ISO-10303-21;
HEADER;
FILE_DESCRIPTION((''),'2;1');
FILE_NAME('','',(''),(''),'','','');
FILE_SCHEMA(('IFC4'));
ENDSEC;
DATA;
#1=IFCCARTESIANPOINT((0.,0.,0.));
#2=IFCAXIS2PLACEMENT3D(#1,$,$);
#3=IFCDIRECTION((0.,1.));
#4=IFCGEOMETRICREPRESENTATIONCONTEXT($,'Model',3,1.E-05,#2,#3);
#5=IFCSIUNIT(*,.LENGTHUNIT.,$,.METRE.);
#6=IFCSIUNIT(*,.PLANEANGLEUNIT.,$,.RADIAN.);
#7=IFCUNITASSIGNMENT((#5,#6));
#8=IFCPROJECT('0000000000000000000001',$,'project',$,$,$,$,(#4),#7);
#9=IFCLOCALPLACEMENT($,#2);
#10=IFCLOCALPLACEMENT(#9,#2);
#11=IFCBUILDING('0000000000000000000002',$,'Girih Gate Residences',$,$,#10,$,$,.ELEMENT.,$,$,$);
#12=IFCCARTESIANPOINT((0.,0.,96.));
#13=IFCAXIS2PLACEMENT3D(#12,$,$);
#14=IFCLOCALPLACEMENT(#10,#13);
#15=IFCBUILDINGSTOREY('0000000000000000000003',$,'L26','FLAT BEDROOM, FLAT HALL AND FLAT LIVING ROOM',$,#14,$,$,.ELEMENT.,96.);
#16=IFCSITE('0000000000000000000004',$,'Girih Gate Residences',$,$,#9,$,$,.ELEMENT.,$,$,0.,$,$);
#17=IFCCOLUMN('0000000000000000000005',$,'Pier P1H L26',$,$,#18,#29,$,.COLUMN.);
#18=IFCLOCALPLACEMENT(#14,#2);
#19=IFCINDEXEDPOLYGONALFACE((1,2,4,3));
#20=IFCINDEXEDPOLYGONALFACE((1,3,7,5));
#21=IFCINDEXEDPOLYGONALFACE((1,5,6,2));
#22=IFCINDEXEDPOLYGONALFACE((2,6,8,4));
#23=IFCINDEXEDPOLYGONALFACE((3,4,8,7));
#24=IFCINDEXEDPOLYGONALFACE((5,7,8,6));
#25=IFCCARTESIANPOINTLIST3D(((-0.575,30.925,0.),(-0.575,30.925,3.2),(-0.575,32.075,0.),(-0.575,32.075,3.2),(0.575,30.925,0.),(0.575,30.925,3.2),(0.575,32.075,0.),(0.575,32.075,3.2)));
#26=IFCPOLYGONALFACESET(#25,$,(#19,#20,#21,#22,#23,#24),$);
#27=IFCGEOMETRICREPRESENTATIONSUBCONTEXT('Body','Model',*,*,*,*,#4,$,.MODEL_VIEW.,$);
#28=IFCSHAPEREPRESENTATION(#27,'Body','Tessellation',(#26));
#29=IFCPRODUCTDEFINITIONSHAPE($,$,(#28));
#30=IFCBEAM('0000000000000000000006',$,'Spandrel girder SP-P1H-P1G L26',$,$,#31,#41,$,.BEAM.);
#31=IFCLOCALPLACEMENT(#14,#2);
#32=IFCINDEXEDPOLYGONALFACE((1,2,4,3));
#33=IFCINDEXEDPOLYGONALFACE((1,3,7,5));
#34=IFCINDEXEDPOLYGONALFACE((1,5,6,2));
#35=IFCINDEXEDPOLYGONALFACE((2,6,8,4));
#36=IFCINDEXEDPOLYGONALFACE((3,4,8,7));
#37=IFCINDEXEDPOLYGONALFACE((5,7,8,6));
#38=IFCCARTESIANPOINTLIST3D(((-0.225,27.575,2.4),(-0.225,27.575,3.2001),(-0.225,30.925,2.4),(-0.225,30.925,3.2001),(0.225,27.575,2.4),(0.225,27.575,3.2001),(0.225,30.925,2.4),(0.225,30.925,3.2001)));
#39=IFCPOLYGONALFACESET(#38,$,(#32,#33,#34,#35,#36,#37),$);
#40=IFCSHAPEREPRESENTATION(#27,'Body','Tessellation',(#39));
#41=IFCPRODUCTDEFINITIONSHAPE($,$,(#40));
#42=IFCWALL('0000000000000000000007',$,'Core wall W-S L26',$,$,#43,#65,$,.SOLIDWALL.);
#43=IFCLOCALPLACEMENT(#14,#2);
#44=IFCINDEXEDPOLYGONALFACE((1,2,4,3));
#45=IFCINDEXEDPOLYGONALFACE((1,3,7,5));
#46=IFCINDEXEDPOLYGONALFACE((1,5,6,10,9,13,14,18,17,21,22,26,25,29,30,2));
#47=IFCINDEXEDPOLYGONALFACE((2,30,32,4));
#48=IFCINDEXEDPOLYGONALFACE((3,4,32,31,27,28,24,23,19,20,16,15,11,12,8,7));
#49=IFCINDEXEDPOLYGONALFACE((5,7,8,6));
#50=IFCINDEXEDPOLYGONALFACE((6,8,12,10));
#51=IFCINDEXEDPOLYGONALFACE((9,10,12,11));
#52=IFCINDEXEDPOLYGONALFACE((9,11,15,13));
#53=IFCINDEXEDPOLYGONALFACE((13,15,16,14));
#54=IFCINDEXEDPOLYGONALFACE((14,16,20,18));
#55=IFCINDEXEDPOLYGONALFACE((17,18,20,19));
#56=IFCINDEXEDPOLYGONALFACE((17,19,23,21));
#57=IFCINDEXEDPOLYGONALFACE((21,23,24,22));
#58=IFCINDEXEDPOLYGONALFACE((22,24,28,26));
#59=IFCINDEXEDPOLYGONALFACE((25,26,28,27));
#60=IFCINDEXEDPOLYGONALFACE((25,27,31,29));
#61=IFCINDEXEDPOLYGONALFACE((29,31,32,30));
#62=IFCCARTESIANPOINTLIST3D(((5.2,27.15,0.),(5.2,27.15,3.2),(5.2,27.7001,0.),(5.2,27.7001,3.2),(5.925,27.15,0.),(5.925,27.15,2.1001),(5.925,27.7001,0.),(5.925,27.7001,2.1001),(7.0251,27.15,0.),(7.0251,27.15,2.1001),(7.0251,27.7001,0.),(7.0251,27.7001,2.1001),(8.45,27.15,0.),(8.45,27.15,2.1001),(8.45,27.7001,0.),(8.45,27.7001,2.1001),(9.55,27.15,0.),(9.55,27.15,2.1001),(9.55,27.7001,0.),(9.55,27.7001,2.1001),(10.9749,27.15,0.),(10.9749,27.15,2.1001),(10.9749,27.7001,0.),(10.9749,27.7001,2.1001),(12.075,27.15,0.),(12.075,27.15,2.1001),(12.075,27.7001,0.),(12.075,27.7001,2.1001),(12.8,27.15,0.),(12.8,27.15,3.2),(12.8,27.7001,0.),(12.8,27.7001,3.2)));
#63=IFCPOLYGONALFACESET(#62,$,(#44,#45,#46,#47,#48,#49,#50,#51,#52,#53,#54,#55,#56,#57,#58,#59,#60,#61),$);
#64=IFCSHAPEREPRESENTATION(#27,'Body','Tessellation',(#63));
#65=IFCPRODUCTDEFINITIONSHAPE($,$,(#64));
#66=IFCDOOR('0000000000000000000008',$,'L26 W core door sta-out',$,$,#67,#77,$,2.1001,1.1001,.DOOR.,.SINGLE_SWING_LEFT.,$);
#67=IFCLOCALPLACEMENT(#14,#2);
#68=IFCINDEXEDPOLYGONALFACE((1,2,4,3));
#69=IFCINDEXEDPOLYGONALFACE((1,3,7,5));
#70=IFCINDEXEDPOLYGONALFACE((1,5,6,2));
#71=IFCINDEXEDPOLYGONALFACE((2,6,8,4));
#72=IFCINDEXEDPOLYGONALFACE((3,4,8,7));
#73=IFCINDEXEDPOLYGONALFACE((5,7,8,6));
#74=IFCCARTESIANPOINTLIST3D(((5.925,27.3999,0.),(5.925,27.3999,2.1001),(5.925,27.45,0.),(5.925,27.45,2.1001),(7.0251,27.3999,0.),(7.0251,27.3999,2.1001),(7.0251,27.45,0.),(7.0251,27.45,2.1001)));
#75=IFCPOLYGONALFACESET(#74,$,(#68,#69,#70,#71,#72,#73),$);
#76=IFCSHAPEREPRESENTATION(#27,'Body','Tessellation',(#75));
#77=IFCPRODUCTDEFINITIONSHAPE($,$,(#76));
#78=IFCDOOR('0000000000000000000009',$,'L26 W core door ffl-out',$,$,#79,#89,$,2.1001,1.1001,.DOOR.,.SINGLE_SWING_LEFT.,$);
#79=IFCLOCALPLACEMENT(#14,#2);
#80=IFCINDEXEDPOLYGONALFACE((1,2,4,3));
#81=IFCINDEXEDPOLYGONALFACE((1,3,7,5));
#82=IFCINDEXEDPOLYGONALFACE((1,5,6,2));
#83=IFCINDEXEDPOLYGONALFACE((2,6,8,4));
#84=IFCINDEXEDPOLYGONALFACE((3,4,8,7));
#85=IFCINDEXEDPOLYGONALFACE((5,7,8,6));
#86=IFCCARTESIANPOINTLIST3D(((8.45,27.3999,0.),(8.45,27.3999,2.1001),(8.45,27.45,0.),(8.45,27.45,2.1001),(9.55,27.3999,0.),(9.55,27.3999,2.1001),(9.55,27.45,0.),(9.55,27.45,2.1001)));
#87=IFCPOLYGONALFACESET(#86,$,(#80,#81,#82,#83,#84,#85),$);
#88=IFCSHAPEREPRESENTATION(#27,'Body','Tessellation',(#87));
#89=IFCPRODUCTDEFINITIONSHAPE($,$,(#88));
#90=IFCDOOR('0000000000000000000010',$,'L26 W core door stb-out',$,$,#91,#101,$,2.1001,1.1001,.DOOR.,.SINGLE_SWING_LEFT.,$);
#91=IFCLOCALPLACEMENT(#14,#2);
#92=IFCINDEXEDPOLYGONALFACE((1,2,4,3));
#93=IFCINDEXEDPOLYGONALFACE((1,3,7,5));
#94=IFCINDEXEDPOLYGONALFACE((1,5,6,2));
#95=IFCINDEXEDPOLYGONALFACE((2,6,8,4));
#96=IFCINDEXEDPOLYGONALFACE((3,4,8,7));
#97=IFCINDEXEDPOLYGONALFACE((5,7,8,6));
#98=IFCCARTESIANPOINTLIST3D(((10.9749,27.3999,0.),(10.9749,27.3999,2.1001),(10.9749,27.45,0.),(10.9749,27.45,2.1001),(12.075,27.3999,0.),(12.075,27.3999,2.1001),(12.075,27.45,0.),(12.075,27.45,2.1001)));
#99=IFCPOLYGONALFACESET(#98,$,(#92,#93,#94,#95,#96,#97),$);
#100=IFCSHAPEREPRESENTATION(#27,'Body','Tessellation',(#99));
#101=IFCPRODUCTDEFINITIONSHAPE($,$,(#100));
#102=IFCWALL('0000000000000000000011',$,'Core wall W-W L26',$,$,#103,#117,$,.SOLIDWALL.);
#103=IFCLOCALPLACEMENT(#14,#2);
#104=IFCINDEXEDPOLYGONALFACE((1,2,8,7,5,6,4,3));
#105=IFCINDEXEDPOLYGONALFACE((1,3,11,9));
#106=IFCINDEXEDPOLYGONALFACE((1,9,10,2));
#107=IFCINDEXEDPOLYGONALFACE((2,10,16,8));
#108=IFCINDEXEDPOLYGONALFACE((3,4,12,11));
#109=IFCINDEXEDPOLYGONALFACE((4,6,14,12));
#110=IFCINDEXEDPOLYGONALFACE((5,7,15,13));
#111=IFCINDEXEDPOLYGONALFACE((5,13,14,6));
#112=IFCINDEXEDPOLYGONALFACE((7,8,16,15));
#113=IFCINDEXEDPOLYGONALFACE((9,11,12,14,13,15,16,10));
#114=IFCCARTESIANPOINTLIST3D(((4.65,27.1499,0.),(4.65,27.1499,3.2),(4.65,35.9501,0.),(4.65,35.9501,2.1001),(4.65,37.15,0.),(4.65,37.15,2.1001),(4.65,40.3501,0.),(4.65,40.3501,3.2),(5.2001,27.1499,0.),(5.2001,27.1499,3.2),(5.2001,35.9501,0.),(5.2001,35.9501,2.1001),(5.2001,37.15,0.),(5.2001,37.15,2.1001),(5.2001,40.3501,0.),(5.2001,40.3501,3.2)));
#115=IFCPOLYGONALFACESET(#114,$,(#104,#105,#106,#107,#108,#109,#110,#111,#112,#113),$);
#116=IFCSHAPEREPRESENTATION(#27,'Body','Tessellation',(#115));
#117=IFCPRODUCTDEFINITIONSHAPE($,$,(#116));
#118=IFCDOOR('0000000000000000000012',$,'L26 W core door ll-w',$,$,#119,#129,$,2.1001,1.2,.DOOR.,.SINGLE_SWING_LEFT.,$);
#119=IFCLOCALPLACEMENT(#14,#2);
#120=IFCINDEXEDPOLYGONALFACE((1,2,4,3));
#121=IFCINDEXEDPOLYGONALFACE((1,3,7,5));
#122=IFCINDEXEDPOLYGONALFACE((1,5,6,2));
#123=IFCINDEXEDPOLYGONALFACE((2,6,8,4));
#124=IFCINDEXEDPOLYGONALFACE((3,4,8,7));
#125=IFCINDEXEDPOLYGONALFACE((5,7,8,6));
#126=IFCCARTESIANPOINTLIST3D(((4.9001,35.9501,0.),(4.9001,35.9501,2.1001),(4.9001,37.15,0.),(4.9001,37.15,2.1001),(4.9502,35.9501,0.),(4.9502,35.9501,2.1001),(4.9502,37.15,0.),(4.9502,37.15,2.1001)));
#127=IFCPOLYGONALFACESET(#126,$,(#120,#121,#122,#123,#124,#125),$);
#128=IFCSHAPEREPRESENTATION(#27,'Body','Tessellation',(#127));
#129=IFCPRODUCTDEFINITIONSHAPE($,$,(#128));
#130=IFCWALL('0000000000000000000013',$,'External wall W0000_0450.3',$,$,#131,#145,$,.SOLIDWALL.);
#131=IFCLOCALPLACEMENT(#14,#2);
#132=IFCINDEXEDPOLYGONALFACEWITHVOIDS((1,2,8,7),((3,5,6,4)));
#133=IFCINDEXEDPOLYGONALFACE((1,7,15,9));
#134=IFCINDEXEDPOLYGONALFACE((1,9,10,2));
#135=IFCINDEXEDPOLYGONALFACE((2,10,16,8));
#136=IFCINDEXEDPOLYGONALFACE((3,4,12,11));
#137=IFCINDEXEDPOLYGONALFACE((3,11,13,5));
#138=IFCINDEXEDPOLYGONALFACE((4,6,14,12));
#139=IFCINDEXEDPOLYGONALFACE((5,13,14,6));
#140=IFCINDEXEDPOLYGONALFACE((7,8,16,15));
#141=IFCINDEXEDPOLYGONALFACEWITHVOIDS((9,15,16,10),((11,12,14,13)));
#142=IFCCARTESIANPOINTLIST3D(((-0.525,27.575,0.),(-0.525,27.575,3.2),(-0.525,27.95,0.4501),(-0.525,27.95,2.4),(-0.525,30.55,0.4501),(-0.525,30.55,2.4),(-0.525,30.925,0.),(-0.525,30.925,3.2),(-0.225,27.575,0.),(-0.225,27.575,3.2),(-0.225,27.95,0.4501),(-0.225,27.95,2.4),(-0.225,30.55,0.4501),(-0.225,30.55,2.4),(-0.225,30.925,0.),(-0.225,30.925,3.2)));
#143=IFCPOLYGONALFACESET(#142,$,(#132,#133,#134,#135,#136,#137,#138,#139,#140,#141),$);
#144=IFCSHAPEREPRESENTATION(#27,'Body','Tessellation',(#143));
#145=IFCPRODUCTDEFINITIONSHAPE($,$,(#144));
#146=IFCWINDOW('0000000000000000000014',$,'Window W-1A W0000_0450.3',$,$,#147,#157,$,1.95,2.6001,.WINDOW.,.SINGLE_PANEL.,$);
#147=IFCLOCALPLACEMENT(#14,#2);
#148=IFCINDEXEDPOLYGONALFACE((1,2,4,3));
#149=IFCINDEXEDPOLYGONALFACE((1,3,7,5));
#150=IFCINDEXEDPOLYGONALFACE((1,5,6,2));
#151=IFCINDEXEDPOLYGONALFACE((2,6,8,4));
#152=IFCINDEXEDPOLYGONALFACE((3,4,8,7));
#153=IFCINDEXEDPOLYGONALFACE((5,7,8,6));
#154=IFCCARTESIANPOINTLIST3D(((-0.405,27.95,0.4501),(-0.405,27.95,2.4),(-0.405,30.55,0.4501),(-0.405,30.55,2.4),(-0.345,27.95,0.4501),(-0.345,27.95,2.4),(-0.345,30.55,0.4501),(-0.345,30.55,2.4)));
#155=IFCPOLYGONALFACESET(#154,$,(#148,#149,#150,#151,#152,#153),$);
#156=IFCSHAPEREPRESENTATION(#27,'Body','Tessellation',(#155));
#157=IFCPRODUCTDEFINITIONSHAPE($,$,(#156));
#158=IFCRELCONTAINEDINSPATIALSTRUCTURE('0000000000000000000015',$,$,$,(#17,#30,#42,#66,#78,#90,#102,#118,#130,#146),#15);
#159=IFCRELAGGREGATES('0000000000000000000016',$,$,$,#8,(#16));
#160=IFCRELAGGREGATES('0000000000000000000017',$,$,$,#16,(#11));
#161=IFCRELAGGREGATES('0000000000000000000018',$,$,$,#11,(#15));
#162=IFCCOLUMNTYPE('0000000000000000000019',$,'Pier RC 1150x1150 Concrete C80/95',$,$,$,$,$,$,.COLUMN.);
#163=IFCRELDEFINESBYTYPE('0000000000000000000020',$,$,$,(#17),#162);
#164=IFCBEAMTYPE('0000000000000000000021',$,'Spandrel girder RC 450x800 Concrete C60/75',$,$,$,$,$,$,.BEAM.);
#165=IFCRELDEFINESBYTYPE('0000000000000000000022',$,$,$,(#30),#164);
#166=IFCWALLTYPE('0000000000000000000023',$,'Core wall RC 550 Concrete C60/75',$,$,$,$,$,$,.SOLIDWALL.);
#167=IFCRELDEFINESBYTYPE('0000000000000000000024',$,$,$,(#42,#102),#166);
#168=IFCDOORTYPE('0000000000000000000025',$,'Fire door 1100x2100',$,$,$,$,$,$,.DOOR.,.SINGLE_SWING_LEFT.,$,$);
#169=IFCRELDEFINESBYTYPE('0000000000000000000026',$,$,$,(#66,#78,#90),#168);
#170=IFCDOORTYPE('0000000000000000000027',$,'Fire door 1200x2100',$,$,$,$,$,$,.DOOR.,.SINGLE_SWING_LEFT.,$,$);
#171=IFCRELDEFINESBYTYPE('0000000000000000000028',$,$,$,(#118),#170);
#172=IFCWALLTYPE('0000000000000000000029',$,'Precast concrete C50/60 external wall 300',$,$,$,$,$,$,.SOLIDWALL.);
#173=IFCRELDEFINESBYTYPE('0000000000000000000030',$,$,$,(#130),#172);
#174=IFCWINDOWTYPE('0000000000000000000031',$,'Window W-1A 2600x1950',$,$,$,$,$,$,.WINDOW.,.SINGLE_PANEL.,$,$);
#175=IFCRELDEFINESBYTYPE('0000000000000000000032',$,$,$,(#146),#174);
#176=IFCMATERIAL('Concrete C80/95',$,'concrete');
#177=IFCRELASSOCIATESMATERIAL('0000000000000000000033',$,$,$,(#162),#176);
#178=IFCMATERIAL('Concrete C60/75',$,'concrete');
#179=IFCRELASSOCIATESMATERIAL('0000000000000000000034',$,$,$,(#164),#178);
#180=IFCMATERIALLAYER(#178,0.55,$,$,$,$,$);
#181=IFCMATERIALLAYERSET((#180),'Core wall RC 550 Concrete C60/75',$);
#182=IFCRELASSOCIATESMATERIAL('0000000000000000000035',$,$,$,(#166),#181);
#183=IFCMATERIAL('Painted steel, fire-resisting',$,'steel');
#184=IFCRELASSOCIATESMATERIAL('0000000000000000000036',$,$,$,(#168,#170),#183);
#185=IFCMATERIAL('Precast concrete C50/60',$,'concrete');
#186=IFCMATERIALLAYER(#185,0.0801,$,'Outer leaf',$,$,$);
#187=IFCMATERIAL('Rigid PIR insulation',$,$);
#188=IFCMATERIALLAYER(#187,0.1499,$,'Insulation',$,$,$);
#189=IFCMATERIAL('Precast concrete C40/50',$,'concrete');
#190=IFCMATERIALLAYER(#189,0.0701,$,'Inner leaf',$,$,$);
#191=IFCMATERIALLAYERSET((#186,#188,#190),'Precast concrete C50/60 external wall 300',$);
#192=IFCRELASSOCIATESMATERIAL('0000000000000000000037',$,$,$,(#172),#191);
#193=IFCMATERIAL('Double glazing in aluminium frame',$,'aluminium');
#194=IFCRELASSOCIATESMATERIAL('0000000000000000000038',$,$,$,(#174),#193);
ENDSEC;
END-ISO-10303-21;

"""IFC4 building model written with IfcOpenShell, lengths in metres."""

from ifc_helpers import new_model, si_unit, direction, frame, frame_2d, origin, origin_2d, place, context, subcontext, project, spatial, rectangle, extrude, material, layer, layer_set, material_profile, profile_set, type_object, element, fill, save


model = new_model("IFC4")

# Units and contexts
model_context = context("Model", 3, precision=1e-05, world=origin(), true_north=direction((0.0, 1.0)))
body_context = subcontext(model_context, "Body", "Model", "MODEL_VIEW")
ifc_project = project(units=[si_unit("LENGTHUNIT", "METRE"), si_unit("PLANEANGLEUNIT", "RADIAN")], contexts=[model_context])

# Site, building, storey
site_placement = place(None, origin())
site = spatial("IfcSite", under=ifc_project, at=site_placement, Name="Girih Gate Residences", CompositionType="ELEMENT", RefElevation=0.0)
building_placement = place(site_placement, origin())
building = spatial("IfcBuilding", under=site, at=building_placement, Name="Girih Gate Residences", CompositionType="ELEMENT")
storey_placement = place(building_placement, frame((0.0, 0.0, 96.0)))
storey = spatial("IfcBuildingStorey", under=building, at=storey_placement, Name="L26", Description="FLAT BEDROOM, FLAT HALL AND FLAT LIVING ROOM", CompositionType="ELEMENT", Elevation=96.0)

# Column
ifc_material_1 = material(Name="Concrete C80/95", Category="concrete")
ifc_material_profile_1 = material_profile(ifc_material_1, rectangle(XDim=1.1499, YDim=1.1499, at=origin_2d()))
ifc_profile_set_1 = profile_set([ifc_material_profile_1], Name="Concrete C80/95")
column_type = type_object("IfcColumnType", Name="Pier RC 1150x1150 Concrete C80/95", PredefinedType="COLUMN", material=ifc_profile_set_1)
column_placement = place(storey_placement, frame((0.0, 31.5, 0.0), z_axis=(0.0, 0.0, 1.0), x_axis=(1.0, 0.0, 0.0)))
element("IfcColumn", 1, at=column_placement, inside=storey, type_object=column_type, Name="Pier P1H L26", PredefinedType="COLUMN", context=body_context, shape_type="SweptSolid", body=[
    extrude(rectangle(XDim=1.1499, YDim=1.1499, at=origin_2d()), origin(), (0.0, 0.0, 1.0), 3.2),
])

# Beam
ifc_material_2 = material(Name="Concrete C60/75", Category="concrete")
ifc_material_profile_2 = material_profile(ifc_material_2, rectangle(XDim=0.45, YDim=0.8, at=origin_2d()))
ifc_profile_set_2 = profile_set([ifc_material_profile_2], Name="Concrete C60/75")
beam_type = type_object("IfcBeamType", Name="Spandrel girder RC 450x800 Concrete C60/75", PredefinedType="BEAM", material=ifc_profile_set_2)
beam_placement = place(storey_placement, frame((0.0, 30.925, 2.8), z_axis=(0.0, -1.0, 0.0), x_axis=(1.0, 0.0, 0.0)))
element("IfcBeam", 2, at=beam_placement, inside=storey, type_object=beam_type, Name="Spandrel girder SP-P1H-P1G L26", PredefinedType="BEAM", context=body_context, shape_type="SweptSolid", body=[
    extrude(rectangle(XDim=0.45, YDim=0.8, at=origin_2d()), origin(), (0.0, 0.0, 1.0), 3.3501),
])

# Wall, openings, doors
ifc_layer_1 = layer(ifc_material_2, 0.55)
ifc_layer_set_1 = layer_set([ifc_layer_1], Name="Core wall RC 550 Concrete C60/75")
wall_type_1 = type_object("IfcWallType", Name="Core wall RC 550 Concrete C60/75", PredefinedType="SOLIDWALL", material=ifc_layer_set_1)
wall_1_placement = place(storey_placement, frame((5.2, 27.425, 0.0), z_axis=(0.0, 0.0, 1.0), x_axis=(1.0, 0.0, 0.0)))
wall_1 = element("IfcWall", 3, at=wall_1_placement, inside=storey, type_object=wall_type_1, Name="Core wall W-S L26", PredefinedType="SOLIDWALL", context=body_context, shape_type="SweptSolid", body=[
    extrude(rectangle(XDim=7.6001, YDim=0.55, at=frame_2d((3.8, 0.0))), origin(), (0.0, 0.0, 1.0), 3.2),
])
opening_1_placement = place(wall_1_placement, frame((0.7251, 0.0, 0.0)))
opening_1 = element("IfcOpeningElement", 4, at=opening_1_placement, cuts=wall_1, PredefinedType="OPENING", context=body_context, shape_type="SweptSolid", body=[
    extrude(rectangle(XDim=1.1001, YDim=2.1001, at=frame_2d((0.55, 1.05))), frame((0.0, 0.2849, 0.0), z_axis=(0.0, -1.0, 0.0), x_axis=(1.0, 0.0, 0.0)), (0.0, 0.0, 1.0), 0.5701),
])
opening_2_placement = place(wall_1_placement, frame((3.25, 0.0, 0.0)))
opening_2 = element("IfcOpeningElement", 5, at=opening_2_placement, cuts=wall_1, PredefinedType="OPENING", context=body_context, shape_type="SweptSolid", body=[
    extrude(rectangle(XDim=1.1001, YDim=2.1001, at=frame_2d((0.55, 1.05))), frame((0.0, 0.2849, 0.0), z_axis=(0.0, -1.0, 0.0), x_axis=(1.0, 0.0, 0.0)), (0.0, 0.0, 1.0), 0.5701),
])
opening_3_placement = place(wall_1_placement, frame((5.7749, 0.0, 0.0)))
opening_3 = element("IfcOpeningElement", 6, at=opening_3_placement, cuts=wall_1, PredefinedType="OPENING", context=body_context, shape_type="SweptSolid", body=[
    extrude(rectangle(XDim=1.1001, YDim=2.1001, at=frame_2d((0.55, 1.05))), frame((0.0, 0.2849, 0.0), z_axis=(0.0, -1.0, 0.0), x_axis=(1.0, 0.0, 0.0)), (0.0, 0.0, 1.0), 0.5701),
])
ifc_material_3 = material(Name="Painted steel, fire-resisting", Category="steel")
door_type_1 = type_object("IfcDoorType", Name="Fire door 1100x2100", OperationType="SINGLE_SWING_LEFT", PredefinedType="DOOR", material=ifc_material_3)
door_1_placement = place(opening_1_placement, origin())
door_1 = element("IfcDoor", 7, at=door_1_placement, inside=storey, type_object=door_type_1, Name="L26 W core door sta-out", OperationType="SINGLE_SWING_LEFT", OverallHeight=2.1001, OverallWidth=1.1001, PredefinedType="DOOR", context=body_context, shape_type="SweptSolid", body=[
    extrude(rectangle(XDim=1.1001, YDim=2.1001, at=frame_2d((0.55, 1.05))), frame((0.0, 0.0249, 0.0), z_axis=(0.0, -1.0, 0.0), x_axis=(1.0, 0.0, 0.0)), (0.0, 0.0, 1.0), 0.05),
])
fill(opening_1, door_1)
door_2_placement = place(opening_2_placement, origin())
door_2 = element("IfcDoor", 8, at=door_2_placement, inside=storey, type_object=door_type_1, Name="L26 W core door ffl-out", OperationType="SINGLE_SWING_LEFT", OverallHeight=2.1001, OverallWidth=1.1001, PredefinedType="DOOR", context=body_context, shape_type="SweptSolid", body=[
    extrude(rectangle(XDim=1.1001, YDim=2.1001, at=frame_2d((0.55, 1.05))), frame((0.0, 0.0249, 0.0), z_axis=(0.0, -1.0, 0.0), x_axis=(1.0, 0.0, 0.0)), (0.0, 0.0, 1.0), 0.05),
])
fill(opening_2, door_2)
door_3_placement = place(opening_3_placement, origin())
door_3 = element("IfcDoor", 9, at=door_3_placement, inside=storey, type_object=door_type_1, Name="L26 W core door stb-out", OperationType="SINGLE_SWING_LEFT", OverallHeight=2.1001, OverallWidth=1.1001, PredefinedType="DOOR", context=body_context, shape_type="SweptSolid", body=[
    extrude(rectangle(XDim=1.1001, YDim=2.1001, at=frame_2d((0.55, 1.05))), frame((0.0, 0.0249, 0.0), z_axis=(0.0, -1.0, 0.0), x_axis=(1.0, 0.0, 0.0)), (0.0, 0.0, 1.0), 0.05),
])
fill(opening_3, door_3)

# Wall, opening, door
wall_2_placement = place(storey_placement, frame((4.925, 27.1499, 0.0), z_axis=(0.0, 0.0, 1.0), x_axis=(0.0, 1.0, 0.0)))
wall_2 = element("IfcWall", 10, at=wall_2_placement, inside=storey, type_object=wall_type_1, Name="Core wall W-W L26", PredefinedType="SOLIDWALL", context=body_context, shape_type="SweptSolid", body=[
    extrude(rectangle(XDim=13.2002, YDim=0.55, at=frame_2d((6.6001, 0.0))), origin(), (0.0, 0.0, 1.0), 3.2),
])
opening_4_placement = place(wall_2_placement, frame((8.8, 0.0, 0.0)))
opening_4 = element("IfcOpeningElement", 11, at=opening_4_placement, cuts=wall_2, PredefinedType="OPENING", context=body_context, shape_type="SweptSolid", body=[
    extrude(rectangle(XDim=1.2, YDim=2.1001, at=frame_2d((0.6001, 1.05))), frame((0.0, 0.2849, 0.0), z_axis=(0.0, -1.0, 0.0), x_axis=(1.0, 0.0, 0.0)), (0.0, 0.0, 1.0), 0.5701),
])
door_type_2 = type_object("IfcDoorType", Name="Fire door 1200x2100", OperationType="SINGLE_SWING_LEFT", PredefinedType="DOOR", material=ifc_material_3)
door_4_placement = place(opening_4_placement, origin())
door_4 = element("IfcDoor", 12, at=door_4_placement, inside=storey, type_object=door_type_2, Name="L26 W core door ll-w", OperationType="SINGLE_SWING_LEFT", OverallHeight=2.1001, OverallWidth=1.2, PredefinedType="DOOR", context=body_context, shape_type="SweptSolid", body=[
    extrude(rectangle(XDim=1.2, YDim=2.1001, at=frame_2d((0.6001, 1.05))), frame((0.0, 0.0249, 0.0), z_axis=(0.0, -1.0, 0.0), x_axis=(1.0, 0.0, 0.0)), (0.0, 0.0, 1.0), 0.05),
])
fill(opening_4, door_4)

# Wall, opening, window
ifc_material_4 = material(Name="Precast concrete C50/60", Category="concrete")
ifc_layer_2 = layer(ifc_material_4, 0.0801, Name="Outer leaf")
ifc_material_5 = material(Name="Rigid PIR insulation")
ifc_layer_3 = layer(ifc_material_5, 0.1499, Name="Insulation")
ifc_material_6 = material(Name="Precast concrete C40/50", Category="concrete")
ifc_layer_4 = layer(ifc_material_6, 0.0701, Name="Inner leaf")
ifc_layer_set_2 = layer_set([ifc_layer_2, ifc_layer_3, ifc_layer_4], Name="Precast concrete C50/60 external wall 300")
wall_type_2 = type_object("IfcWallType", Name="Precast concrete C50/60 external wall 300", PredefinedType="SOLIDWALL", material=ifc_layer_set_2)
wall_3_placement = place(storey_placement, frame((-0.375, 27.575, 0.0), z_axis=(0.0, 0.0, 1.0), x_axis=(0.0, 1.0, 0.0)))
wall_3 = element("IfcWall", 13, at=wall_3_placement, inside=storey, type_object=wall_type_2, Name="External wall W0000_0450.3", PredefinedType="SOLIDWALL", context=body_context, shape_type="SweptSolid", body=[
    extrude(rectangle(XDim=3.3501, YDim=0.3, at=frame_2d((1.675, 0.0))), origin(), (0.0, 0.0, 1.0), 3.2),
])
opening_5_placement = place(wall_3_placement, frame((0.375, 0.0, 0.45)))
opening_5 = element("IfcOpeningElement", 14, at=opening_5_placement, cuts=wall_3, PredefinedType="OPENING", context=body_context, shape_type="SweptSolid", body=[
    extrude(rectangle(XDim=2.6001, YDim=1.95, at=frame_2d((1.3, 0.9751))), frame((0.0, 0.1599, 0.0), z_axis=(0.0, -1.0, 0.0), x_axis=(1.0, 0.0, 0.0)), (0.0, 0.0, 1.0), 0.3201),
])
ifc_material_7 = material(Name="Double glazing in aluminium frame", Category="aluminium")
window_type = type_object("IfcWindowType", Name="Window W-1A 2600x1950", PartitioningType="SINGLE_PANEL", PredefinedType="WINDOW", material=ifc_material_7)
window_placement = place(opening_5_placement, origin())
window = element("IfcWindow", 15, at=window_placement, inside=storey, type_object=window_type, Name="Window W-1A W0000_0450.3", OverallHeight=1.95, OverallWidth=2.6001, PartitioningType="SINGLE_PANEL", PredefinedType="WINDOW", context=body_context, shape_type="SweptSolid", body=[
    extrude(rectangle(XDim=2.6001, YDim=1.95, at=frame_2d((1.3, 0.9751))), frame((0.0, 0.03, 0.0), z_axis=(0.0, -1.0, 0.0), x_axis=(1.0, 0.0, 0.0)), (0.0, 0.0, 1.0), 0.0601),
])
fill(opening_5, window)

save(model, "model.ifc")
